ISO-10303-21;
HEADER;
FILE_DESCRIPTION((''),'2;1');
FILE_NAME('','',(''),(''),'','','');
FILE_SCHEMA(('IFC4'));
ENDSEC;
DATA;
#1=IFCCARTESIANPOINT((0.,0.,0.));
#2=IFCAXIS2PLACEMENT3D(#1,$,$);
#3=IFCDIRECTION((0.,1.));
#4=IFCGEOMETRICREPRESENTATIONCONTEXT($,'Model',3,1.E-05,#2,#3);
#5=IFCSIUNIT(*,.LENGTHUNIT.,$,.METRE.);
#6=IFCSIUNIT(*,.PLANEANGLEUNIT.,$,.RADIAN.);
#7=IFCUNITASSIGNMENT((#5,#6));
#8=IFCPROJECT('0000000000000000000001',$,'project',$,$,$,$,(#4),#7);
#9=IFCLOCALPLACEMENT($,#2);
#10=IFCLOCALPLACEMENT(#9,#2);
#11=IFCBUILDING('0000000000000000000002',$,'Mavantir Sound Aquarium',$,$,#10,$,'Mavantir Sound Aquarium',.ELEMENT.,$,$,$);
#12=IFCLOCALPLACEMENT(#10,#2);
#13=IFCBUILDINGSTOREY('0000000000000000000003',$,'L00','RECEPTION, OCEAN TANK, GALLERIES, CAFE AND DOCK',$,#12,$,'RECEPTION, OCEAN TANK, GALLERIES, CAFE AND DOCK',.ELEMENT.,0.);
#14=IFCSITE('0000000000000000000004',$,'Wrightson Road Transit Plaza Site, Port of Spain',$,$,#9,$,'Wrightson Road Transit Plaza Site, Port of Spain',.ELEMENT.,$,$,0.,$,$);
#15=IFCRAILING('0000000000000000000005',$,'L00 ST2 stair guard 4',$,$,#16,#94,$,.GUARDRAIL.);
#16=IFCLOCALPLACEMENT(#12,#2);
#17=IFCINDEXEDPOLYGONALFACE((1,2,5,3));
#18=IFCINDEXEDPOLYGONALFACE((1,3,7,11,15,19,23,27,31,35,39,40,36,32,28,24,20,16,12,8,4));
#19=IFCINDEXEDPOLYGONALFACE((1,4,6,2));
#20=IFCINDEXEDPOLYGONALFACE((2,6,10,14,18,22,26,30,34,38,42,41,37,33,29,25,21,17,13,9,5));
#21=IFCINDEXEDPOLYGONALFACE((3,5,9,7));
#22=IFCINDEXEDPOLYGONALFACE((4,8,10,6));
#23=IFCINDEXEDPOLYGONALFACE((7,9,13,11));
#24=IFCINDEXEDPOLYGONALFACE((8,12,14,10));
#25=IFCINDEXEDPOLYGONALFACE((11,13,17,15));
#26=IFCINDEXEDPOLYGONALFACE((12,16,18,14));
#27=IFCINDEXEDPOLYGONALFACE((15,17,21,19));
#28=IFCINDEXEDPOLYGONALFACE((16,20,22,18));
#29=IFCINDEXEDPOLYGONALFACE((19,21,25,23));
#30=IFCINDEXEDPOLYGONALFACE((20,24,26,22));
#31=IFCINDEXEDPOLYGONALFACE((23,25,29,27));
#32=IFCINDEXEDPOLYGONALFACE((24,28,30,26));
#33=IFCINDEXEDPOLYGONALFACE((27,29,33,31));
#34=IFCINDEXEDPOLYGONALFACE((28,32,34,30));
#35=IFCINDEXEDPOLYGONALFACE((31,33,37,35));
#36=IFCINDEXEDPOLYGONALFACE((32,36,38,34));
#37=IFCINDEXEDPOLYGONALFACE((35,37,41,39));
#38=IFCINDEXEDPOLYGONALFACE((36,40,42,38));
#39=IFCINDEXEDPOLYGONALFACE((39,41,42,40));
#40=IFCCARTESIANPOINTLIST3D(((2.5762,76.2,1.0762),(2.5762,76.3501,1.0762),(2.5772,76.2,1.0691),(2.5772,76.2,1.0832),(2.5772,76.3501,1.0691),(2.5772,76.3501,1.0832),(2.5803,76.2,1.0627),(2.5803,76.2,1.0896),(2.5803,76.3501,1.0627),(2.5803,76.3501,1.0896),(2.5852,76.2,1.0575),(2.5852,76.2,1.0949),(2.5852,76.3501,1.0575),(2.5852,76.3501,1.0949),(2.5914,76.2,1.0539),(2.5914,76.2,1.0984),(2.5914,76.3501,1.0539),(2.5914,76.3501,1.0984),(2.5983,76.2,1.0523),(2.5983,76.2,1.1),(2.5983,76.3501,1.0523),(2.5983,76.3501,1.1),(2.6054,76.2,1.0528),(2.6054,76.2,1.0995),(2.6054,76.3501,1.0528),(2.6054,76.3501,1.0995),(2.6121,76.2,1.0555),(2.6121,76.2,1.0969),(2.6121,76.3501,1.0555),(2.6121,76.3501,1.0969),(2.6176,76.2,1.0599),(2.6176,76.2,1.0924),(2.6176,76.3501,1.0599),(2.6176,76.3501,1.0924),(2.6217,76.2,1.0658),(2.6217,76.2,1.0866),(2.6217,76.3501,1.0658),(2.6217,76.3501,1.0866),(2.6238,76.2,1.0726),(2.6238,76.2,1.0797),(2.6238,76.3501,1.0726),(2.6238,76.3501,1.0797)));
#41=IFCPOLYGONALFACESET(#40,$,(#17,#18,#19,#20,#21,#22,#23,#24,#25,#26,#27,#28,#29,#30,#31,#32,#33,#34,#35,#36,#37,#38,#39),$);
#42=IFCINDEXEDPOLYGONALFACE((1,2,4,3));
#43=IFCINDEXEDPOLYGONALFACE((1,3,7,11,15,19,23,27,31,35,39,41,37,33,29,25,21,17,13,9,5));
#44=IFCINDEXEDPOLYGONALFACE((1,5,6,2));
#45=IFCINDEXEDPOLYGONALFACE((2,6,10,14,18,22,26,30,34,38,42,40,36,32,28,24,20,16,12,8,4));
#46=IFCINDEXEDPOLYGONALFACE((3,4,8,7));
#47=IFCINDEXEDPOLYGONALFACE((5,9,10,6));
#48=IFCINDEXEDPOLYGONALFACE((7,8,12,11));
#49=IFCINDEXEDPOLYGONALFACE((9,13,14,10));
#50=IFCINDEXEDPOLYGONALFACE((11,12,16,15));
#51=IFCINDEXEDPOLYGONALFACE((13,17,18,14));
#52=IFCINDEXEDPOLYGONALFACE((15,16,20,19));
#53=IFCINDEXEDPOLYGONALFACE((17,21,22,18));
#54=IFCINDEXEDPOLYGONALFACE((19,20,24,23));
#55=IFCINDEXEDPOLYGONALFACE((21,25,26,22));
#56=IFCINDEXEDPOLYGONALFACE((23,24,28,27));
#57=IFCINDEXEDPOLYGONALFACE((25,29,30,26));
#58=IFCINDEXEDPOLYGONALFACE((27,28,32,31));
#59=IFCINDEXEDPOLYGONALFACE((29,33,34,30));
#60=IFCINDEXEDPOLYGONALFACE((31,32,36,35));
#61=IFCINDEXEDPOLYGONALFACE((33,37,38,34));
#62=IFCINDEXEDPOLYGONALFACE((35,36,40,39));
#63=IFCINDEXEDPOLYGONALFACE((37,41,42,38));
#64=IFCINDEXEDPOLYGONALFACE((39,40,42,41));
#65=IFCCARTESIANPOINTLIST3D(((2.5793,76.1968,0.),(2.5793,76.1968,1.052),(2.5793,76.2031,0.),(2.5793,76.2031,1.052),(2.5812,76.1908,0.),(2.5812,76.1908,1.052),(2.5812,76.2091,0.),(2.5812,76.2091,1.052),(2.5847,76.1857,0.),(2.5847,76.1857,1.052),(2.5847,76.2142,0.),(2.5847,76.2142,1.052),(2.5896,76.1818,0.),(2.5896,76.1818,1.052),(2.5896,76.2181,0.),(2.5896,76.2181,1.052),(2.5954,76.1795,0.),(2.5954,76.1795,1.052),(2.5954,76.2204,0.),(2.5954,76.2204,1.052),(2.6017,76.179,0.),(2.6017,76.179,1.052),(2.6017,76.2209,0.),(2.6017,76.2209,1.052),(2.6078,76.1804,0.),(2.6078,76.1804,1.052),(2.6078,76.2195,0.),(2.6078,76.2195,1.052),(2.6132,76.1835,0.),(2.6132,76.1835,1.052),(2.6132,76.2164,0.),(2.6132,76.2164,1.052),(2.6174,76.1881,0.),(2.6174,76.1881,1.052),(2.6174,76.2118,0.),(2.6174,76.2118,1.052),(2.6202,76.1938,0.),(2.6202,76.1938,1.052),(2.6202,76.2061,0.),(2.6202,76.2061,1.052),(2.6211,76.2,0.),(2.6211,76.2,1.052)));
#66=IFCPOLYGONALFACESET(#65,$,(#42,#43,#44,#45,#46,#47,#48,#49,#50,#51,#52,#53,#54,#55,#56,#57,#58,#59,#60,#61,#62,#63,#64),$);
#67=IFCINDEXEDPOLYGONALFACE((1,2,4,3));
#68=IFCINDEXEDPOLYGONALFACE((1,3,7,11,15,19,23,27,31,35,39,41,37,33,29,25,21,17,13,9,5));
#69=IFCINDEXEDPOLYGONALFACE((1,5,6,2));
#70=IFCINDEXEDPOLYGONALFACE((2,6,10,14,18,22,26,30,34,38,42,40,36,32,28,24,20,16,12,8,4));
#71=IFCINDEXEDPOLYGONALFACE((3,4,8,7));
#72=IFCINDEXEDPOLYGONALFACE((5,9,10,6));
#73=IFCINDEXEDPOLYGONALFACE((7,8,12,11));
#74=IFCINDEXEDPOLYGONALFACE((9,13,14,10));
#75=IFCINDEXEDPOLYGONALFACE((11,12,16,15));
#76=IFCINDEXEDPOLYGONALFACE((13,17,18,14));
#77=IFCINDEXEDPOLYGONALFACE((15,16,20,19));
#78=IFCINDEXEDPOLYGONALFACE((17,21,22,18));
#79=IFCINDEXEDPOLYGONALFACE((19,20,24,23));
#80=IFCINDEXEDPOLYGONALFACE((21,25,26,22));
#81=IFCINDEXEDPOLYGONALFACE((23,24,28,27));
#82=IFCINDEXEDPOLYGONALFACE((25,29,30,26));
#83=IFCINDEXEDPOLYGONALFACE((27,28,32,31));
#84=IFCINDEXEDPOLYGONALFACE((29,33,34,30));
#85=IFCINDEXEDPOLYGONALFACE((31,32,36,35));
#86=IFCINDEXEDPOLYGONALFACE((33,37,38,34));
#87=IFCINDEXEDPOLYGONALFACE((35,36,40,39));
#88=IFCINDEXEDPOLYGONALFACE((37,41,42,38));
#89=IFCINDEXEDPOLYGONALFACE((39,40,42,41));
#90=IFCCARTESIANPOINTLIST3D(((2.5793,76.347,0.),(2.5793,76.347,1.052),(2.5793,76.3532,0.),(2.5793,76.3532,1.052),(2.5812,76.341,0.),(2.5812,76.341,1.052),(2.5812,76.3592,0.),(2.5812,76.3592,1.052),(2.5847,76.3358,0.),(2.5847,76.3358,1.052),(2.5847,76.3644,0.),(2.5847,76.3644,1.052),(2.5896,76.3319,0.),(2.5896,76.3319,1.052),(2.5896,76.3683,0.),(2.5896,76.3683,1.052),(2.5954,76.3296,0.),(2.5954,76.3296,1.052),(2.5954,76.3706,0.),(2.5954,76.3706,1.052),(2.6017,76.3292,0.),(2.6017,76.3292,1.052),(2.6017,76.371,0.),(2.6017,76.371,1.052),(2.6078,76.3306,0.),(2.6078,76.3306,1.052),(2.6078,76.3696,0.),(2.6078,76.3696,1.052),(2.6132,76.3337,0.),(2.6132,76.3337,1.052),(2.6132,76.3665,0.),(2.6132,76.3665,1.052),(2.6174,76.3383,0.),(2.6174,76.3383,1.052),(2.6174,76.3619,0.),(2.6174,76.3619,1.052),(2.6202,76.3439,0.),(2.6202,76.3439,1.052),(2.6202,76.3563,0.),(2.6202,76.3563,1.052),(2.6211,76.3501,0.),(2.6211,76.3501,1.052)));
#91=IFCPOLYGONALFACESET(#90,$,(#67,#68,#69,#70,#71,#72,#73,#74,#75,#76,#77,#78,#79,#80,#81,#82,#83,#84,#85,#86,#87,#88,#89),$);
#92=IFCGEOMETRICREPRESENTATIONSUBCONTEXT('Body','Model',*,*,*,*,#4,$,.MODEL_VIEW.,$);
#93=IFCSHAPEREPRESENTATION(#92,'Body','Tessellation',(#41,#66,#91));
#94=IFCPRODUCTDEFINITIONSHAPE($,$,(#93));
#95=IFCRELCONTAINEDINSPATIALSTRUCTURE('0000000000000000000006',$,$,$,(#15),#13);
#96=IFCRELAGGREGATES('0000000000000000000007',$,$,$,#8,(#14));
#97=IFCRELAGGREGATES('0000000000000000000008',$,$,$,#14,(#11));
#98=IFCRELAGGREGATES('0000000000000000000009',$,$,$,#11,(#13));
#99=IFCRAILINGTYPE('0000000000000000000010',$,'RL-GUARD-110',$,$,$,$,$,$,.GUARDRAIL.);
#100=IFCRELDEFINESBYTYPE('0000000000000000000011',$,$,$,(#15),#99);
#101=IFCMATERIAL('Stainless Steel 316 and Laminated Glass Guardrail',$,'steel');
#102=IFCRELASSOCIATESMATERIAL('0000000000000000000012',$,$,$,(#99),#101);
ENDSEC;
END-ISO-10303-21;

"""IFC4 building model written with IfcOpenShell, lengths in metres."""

from ifc_helpers import new_model, si_unit, direction, frame, origin, origin_2d, place, context, subcontext, project, spatial, circle, extrude, material, type_object, element, save


model = new_model("IFC4")

# Units and contexts
model_context = context("Model", 3, precision=1e-05, world=origin(), true_north=direction((0.0, 1.0)))
body_context = subcontext(model_context, "Body", "Model", "MODEL_VIEW")
ifc_project = project(units=[si_unit("LENGTHUNIT", "METRE"), si_unit("PLANEANGLEUNIT", "RADIAN")], contexts=[model_context])

# Site, building, storey
site_placement = place(None, origin())
site = spatial("IfcSite", under=ifc_project, at=site_placement, Name="Wrightson Road Transit Plaza Site, Port of Spain", LongName="Wrightson Road Transit Plaza Site, Port of Spain", CompositionType="ELEMENT", RefElevation=0.0)
building_placement = place(site_placement, origin())
building = spatial("IfcBuilding", under=site, at=building_placement, Name="Mavantir Sound Aquarium", LongName="Mavantir Sound Aquarium", CompositionType="ELEMENT")
storey_placement = place(building_placement, origin())
storey = spatial("IfcBuildingStorey", under=building, at=storey_placement, Name="L00", Description="RECEPTION, OCEAN TANK, GALLERIES, CAFE AND DOCK", LongName="RECEPTION, OCEAN TANK, GALLERIES, CAFE AND DOCK", CompositionType="ELEMENT", Elevation=0.0)

# Railing
ifc_material_1 = material(Name="Stainless Steel 316 and Laminated Glass Guardrail", Category="steel")
railing_type_1 = type_object("IfcRailingType", Name="RL-GUARD-110", PredefinedType="GUARDRAIL", material=ifc_material_1)
railing_1_placement = place(storey_placement, frame((2.6001, 76.2, 0.0)))
element("IfcRailing", 1, at=railing_1_placement, inside=storey, type_object=railing_type_1, Name="L00 ST2 stair guard 4", PredefinedType="GUARDRAIL", context=body_context, shape_type="SweptSolid", body=[
    extrude(circle(Radius=0.0239, at=origin_2d()), frame((0.0, 0.0, 1.0762), z_axis=(0.0, 1.0, 0.0), x_axis=(-1.0, 0.0, 0.0)), (0.0, 0.0, 1.0), 0.1501),
    extrude(circle(Radius=0.021, at=origin_2d()), origin(), (0.0, 0.0, 1.0), 1.052),
    extrude(circle(Radius=0.021, at=origin_2d()), frame((0.0, 0.1501, 0.0)), (0.0, 0.0, 1.0), 1.052),
])

save(model, "model.ifc")
